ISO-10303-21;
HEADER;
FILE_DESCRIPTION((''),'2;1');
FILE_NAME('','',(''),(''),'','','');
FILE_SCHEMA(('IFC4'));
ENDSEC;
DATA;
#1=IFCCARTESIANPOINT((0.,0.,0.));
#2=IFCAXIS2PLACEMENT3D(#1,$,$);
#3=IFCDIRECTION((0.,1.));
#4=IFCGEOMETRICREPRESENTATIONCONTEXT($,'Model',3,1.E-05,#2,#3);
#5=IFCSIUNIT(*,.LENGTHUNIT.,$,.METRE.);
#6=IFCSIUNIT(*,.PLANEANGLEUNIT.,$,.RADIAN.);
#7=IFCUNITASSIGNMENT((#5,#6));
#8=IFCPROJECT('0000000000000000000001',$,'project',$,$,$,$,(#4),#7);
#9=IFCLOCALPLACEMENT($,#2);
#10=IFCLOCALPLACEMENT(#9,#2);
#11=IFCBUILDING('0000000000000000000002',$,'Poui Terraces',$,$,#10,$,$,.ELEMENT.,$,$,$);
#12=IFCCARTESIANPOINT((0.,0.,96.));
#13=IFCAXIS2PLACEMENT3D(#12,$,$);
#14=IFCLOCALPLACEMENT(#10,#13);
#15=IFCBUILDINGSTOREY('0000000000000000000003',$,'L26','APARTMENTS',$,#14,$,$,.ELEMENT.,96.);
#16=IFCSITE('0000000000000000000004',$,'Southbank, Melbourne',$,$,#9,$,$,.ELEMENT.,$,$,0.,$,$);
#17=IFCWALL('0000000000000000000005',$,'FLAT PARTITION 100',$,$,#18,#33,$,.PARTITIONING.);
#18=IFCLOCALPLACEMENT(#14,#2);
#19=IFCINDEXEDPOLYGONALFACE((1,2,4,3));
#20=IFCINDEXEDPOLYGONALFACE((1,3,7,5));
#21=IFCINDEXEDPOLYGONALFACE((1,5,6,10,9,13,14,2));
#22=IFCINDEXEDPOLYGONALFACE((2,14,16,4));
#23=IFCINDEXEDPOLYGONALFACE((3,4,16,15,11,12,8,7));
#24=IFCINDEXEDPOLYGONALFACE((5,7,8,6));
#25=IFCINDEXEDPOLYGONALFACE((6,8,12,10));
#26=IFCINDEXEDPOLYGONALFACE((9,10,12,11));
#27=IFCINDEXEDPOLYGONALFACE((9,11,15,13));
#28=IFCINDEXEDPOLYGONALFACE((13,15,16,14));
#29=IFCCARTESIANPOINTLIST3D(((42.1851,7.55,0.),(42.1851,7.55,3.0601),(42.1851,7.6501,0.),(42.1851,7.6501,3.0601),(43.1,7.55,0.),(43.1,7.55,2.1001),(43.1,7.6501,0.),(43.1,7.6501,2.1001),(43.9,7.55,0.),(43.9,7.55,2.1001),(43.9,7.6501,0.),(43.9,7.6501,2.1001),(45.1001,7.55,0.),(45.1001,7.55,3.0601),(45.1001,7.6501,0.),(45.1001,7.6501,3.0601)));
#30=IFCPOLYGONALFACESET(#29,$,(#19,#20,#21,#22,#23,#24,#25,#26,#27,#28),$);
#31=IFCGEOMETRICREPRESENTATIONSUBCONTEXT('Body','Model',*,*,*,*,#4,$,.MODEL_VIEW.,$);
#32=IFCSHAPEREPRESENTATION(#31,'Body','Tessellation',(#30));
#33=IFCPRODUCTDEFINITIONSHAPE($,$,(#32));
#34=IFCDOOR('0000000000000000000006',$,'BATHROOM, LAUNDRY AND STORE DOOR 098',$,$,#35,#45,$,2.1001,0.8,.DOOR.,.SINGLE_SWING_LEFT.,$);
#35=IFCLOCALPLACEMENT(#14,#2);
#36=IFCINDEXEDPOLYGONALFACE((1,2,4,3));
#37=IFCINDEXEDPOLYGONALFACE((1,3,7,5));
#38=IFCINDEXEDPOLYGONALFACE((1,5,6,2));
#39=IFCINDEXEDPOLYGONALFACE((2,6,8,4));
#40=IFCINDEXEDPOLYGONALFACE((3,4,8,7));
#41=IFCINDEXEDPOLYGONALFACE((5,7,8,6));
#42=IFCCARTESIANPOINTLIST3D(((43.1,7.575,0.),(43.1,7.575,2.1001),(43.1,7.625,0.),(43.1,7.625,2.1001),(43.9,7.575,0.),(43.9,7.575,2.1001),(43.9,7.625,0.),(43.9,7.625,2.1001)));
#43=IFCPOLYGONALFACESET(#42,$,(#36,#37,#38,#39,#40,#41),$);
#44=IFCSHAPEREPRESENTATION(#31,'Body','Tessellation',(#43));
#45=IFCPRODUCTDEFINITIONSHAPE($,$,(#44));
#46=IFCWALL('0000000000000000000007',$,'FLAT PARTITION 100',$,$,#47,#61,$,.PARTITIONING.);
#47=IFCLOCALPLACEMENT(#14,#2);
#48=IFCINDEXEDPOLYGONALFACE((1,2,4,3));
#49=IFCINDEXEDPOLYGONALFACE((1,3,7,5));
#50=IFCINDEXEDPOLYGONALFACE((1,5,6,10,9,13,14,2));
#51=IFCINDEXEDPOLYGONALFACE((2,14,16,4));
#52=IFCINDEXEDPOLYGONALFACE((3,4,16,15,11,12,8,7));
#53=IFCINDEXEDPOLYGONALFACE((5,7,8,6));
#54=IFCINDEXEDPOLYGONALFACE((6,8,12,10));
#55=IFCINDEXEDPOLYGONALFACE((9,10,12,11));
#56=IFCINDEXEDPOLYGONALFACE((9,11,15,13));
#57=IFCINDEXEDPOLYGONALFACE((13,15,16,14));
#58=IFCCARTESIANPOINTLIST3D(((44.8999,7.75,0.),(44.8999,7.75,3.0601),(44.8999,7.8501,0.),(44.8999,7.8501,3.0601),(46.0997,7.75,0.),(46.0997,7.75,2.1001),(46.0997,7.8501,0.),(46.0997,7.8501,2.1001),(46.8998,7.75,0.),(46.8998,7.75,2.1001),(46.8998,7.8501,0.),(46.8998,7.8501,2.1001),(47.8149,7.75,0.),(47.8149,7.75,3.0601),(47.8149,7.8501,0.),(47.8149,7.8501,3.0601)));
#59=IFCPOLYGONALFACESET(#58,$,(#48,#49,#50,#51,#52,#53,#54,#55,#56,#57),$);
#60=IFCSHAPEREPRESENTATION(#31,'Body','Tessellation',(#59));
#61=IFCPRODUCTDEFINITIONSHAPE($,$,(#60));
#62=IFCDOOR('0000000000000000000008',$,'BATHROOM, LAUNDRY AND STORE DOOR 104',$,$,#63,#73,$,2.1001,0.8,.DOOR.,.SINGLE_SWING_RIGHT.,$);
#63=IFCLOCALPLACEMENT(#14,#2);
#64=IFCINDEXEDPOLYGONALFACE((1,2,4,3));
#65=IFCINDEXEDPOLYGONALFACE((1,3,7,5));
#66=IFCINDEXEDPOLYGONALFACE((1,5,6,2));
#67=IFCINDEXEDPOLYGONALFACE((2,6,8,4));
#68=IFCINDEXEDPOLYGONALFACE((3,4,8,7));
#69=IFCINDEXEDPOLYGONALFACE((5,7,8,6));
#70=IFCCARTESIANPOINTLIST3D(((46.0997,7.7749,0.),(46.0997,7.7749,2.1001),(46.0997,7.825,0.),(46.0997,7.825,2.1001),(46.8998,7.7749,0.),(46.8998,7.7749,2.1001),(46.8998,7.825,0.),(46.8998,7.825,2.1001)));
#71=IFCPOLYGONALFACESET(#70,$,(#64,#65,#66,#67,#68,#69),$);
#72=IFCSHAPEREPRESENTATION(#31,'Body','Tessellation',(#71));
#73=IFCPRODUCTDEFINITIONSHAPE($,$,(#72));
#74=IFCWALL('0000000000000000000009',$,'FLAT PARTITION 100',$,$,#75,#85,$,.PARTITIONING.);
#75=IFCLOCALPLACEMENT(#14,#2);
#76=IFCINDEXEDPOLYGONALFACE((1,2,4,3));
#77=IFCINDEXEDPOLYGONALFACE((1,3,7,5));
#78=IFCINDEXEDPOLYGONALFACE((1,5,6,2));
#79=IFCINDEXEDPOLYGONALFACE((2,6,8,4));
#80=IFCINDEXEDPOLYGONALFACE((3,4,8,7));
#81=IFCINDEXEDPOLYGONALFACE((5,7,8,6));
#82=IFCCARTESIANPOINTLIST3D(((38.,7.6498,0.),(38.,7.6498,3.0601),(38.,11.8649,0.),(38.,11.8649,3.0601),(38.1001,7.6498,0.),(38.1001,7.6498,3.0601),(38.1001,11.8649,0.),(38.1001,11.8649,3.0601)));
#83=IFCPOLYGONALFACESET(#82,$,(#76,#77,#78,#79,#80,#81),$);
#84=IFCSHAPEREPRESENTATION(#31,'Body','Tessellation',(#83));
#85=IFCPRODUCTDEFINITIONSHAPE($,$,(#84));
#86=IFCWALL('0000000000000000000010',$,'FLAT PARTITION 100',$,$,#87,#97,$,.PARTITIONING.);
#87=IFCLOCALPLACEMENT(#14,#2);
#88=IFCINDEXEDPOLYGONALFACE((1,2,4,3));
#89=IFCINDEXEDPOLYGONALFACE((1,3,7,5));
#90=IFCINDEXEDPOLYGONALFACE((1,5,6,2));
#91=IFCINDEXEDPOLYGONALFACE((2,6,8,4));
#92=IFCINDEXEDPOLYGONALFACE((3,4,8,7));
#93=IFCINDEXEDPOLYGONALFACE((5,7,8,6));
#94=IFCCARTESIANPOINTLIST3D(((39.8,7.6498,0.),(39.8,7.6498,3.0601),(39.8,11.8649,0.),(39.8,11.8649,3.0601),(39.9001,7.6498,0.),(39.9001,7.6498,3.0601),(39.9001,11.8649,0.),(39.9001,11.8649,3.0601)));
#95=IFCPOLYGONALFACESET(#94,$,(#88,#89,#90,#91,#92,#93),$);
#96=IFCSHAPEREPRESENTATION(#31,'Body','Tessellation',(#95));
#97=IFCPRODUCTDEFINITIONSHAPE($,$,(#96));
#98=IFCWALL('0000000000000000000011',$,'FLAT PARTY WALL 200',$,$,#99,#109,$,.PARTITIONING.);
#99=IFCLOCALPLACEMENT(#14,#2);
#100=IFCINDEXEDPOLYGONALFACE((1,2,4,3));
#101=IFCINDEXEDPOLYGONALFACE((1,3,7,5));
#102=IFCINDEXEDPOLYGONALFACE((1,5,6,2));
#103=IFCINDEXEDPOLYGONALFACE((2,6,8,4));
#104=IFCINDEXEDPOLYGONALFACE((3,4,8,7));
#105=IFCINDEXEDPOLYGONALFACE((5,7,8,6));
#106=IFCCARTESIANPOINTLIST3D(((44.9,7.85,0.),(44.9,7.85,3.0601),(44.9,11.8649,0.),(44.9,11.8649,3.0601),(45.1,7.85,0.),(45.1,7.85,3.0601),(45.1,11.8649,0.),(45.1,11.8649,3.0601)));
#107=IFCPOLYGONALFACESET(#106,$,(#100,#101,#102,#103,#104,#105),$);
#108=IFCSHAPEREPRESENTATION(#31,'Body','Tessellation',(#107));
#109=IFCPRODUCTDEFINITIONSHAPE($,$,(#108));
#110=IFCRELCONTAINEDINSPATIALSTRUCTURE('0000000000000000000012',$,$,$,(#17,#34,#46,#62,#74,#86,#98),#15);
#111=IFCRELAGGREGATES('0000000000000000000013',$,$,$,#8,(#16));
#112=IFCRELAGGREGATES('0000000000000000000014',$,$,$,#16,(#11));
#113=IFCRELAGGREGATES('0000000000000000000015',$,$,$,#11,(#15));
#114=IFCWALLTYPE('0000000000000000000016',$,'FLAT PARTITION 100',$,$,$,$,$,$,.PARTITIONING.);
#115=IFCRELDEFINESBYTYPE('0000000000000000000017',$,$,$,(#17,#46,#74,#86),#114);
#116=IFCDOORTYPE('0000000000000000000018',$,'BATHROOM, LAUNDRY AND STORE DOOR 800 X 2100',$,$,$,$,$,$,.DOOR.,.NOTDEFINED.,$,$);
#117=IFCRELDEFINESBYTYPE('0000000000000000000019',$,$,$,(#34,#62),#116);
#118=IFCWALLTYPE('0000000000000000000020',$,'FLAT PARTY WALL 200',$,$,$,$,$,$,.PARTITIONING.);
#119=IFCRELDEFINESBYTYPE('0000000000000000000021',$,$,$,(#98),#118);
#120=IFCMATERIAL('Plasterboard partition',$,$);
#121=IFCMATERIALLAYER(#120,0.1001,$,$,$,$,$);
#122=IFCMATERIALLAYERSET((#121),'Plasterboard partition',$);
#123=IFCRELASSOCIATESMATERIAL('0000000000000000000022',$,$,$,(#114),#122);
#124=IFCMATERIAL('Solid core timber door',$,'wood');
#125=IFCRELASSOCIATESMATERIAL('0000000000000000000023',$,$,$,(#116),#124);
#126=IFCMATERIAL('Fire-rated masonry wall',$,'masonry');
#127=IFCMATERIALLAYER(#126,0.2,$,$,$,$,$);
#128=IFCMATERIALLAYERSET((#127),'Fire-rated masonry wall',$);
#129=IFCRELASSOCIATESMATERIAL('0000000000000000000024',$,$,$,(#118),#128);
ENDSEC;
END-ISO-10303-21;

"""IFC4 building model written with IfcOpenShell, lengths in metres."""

from ifc_helpers import new_model, si_unit, direction, frame, frame_2d, origin, place, context, subcontext, project, spatial, rectangle, extrude, material, layer, layer_set, type_object, element, fill, save


model = new_model("IFC4")

# Units and contexts
model_context = context("Model", 3, precision=1e-05, world=origin(), true_north=direction((0.0, 1.0)))
body_context = subcontext(model_context, "Body", "Model", "MODEL_VIEW")
ifc_project = project(units=[si_unit("LENGTHUNIT", "METRE"), si_unit("PLANEANGLEUNIT", "RADIAN")], contexts=[model_context])

# Site, building, storey
site_placement = place(None, origin())
site = spatial("IfcSite", under=ifc_project, at=site_placement, Name="Southbank, Melbourne", CompositionType="ELEMENT", RefElevation=0.0)
building_placement = place(site_placement, origin())
building = spatial("IfcBuilding", under=site, at=building_placement, Name="Poui Terraces", CompositionType="ELEMENT")
storey_placement = place(building_placement, frame((0.0, 0.0, 96.0)))
storey = spatial("IfcBuildingStorey", under=building, at=storey_placement, Name="L26", Description="APARTMENTS", CompositionType="ELEMENT", Elevation=96.0)

# Walls, openings, doors
ifc_material_1 = material(Name="Plasterboard partition")
ifc_layer_1 = layer(ifc_material_1, 0.1001)
ifc_layer_set_1 = layer_set([ifc_layer_1], Name="Plasterboard partition")
wall_type_1 = type_object("IfcWallType", Name="FLAT PARTITION 100", PredefinedType="PARTITIONING", material=ifc_layer_set_1)
ifc_material_2 = material(Name="Solid core timber door", Category="wood")
door_type_1 = type_object("IfcDoorType", Name="BATHROOM, LAUNDRY AND STORE DOOR 800 X 2100", OperationType="NOTDEFINED", PredefinedType="DOOR", material=ifc_material_2)
wall_1_placement = place(storey_placement, frame((42.1851, 7.6001, 0.0), z_axis=(0.0, 0.0, 1.0), x_axis=(1.0, 0.0, 0.0)))
wall_1 = element("IfcWall", 1, at=wall_1_placement, inside=storey, type_object=wall_type_1, Name="FLAT PARTITION 100", PredefinedType="PARTITIONING", context=body_context, shape_type="SweptSolid", body=[
    extrude(rectangle(XDim=2.915, YDim=0.1001, at=frame_2d((1.4575, 0.0))), origin(), (0.0, 0.0, 1.0), 3.0601),
])
opening_1_placement = place(wall_1_placement, frame((0.915, 0.0, 0.0)))
opening_1 = element("IfcOpeningElement", 2, at=opening_1_placement, cuts=wall_1, PredefinedType="OPENING", context=body_context, shape_type="SweptSolid", body=[
    extrude(rectangle(XDim=0.8, YDim=2.1001, at=frame_2d((0.3999, 1.05))), frame((0.0, 0.0601, 0.0), z_axis=(0.0, -1.0, 0.0), x_axis=(1.0, 0.0, 0.0)), (0.0, 0.0, 1.0), 0.1201),
])
door_1_placement = place(opening_1_placement, origin())
door_1 = element("IfcDoor", 3, at=door_1_placement, inside=storey, type_object=door_type_1, Name="BATHROOM, LAUNDRY AND STORE DOOR 098", OperationType="SINGLE_SWING_LEFT", OverallHeight=2.1001, OverallWidth=0.8, PredefinedType="DOOR", context=body_context, shape_type="SweptSolid", body=[
    extrude(rectangle(XDim=0.8, YDim=2.1001, at=frame_2d((0.3999, 1.05))), frame((0.0, 0.0249, 0.0), z_axis=(0.0, -1.0, 0.0), x_axis=(1.0, 0.0, 0.0)), (0.0, 0.0, 1.0), 0.05),
])
fill(opening_1, door_1)
wall_2_placement = place(storey_placement, frame((44.8999, 7.8, 0.0), z_axis=(0.0, 0.0, 1.0), x_axis=(1.0, 0.0, 0.0)))
wall_2 = element("IfcWall", 4, at=wall_2_placement, inside=storey, type_object=wall_type_1, Name="FLAT PARTITION 100", PredefinedType="PARTITIONING", context=body_context, shape_type="SweptSolid", body=[
    extrude(rectangle(XDim=2.915, YDim=0.1001, at=frame_2d((1.4575, 0.0))), origin(), (0.0, 0.0, 1.0), 3.0601),
])
opening_2_placement = place(wall_2_placement, frame((1.2, 0.0, 0.0)))
opening_2 = element("IfcOpeningElement", 5, at=opening_2_placement, cuts=wall_2, PredefinedType="OPENING", context=body_context, shape_type="SweptSolid", body=[
    extrude(rectangle(XDim=0.8, YDim=2.1001, at=frame_2d((0.3999, 1.05))), frame((0.0, 0.0601, 0.0), z_axis=(0.0, -1.0, 0.0), x_axis=(1.0, 0.0, 0.0)), (0.0, 0.0, 1.0), 0.1201),
])
door_2_placement = place(opening_2_placement, origin())
door_2 = element("IfcDoor", 6, at=door_2_placement, inside=storey, type_object=door_type_1, Name="BATHROOM, LAUNDRY AND STORE DOOR 104", OperationType="SINGLE_SWING_RIGHT", OverallHeight=2.1001, OverallWidth=0.8, PredefinedType="DOOR", context=body_context, shape_type="SweptSolid", body=[
    extrude(rectangle(XDim=0.8, YDim=2.1001, at=frame_2d((0.3999, 1.05))), frame((0.0, 0.0249, 0.0), z_axis=(0.0, -1.0, 0.0), x_axis=(1.0, 0.0, 0.0)), (0.0, 0.0, 1.0), 0.05),
])
fill(opening_2, door_2)

# Walls
for number, where, z_axis, x_axis, name in (
    (7, (38.05, 7.6499, 0.0), (0.0, 0.0, 1.0), (0.0, 1.0, 0.0), "FLAT PARTITION 100"),
    (8, (39.8501, 7.6499, 0.0), (0.0, 0.0, 1.0), (0.0, 1.0, 0.0), "FLAT PARTITION 100"),
):
    element("IfcWall", number, at=place(storey_placement, frame(where, z_axis=z_axis, x_axis=x_axis)), inside=storey, type_object=wall_type_1, Name=name, PredefinedType="PARTITIONING", context=body_context, shape_type="SweptSolid", body=[
        extrude(rectangle(XDim=4.2151, YDim=0.1001, at=frame_2d((2.1074, 0.0))), origin(), (0.0, 0.0, 1.0), 3.0601),
    ])
ifc_material_3 = material(Name="Fire-rated masonry wall", Category="masonry")
ifc_layer_2 = layer(ifc_material_3, 0.2)
ifc_layer_set_2 = layer_set([ifc_layer_2], Name="Fire-rated masonry wall")
wall_type_2 = type_object("IfcWallType", Name="FLAT PARTY WALL 200", PredefinedType="PARTITIONING", material=ifc_layer_set_2)
wall_3_placement = place(storey_placement, frame((45.0, 7.8501, 0.0), z_axis=(0.0, 0.0, 1.0), x_axis=(0.0, 1.0, 0.0)))
element("IfcWall", 9, at=wall_3_placement, inside=storey, type_object=wall_type_2, Name="FLAT PARTY WALL 200", PredefinedType="PARTITIONING", context=body_context, shape_type="SweptSolid", body=[
    extrude(rectangle(XDim=4.0149, YDim=0.2, at=frame_2d((2.0073, 0.0))), origin(), (0.0, 0.0, 1.0), 3.0601),
])

save(model, "model.ifc")
